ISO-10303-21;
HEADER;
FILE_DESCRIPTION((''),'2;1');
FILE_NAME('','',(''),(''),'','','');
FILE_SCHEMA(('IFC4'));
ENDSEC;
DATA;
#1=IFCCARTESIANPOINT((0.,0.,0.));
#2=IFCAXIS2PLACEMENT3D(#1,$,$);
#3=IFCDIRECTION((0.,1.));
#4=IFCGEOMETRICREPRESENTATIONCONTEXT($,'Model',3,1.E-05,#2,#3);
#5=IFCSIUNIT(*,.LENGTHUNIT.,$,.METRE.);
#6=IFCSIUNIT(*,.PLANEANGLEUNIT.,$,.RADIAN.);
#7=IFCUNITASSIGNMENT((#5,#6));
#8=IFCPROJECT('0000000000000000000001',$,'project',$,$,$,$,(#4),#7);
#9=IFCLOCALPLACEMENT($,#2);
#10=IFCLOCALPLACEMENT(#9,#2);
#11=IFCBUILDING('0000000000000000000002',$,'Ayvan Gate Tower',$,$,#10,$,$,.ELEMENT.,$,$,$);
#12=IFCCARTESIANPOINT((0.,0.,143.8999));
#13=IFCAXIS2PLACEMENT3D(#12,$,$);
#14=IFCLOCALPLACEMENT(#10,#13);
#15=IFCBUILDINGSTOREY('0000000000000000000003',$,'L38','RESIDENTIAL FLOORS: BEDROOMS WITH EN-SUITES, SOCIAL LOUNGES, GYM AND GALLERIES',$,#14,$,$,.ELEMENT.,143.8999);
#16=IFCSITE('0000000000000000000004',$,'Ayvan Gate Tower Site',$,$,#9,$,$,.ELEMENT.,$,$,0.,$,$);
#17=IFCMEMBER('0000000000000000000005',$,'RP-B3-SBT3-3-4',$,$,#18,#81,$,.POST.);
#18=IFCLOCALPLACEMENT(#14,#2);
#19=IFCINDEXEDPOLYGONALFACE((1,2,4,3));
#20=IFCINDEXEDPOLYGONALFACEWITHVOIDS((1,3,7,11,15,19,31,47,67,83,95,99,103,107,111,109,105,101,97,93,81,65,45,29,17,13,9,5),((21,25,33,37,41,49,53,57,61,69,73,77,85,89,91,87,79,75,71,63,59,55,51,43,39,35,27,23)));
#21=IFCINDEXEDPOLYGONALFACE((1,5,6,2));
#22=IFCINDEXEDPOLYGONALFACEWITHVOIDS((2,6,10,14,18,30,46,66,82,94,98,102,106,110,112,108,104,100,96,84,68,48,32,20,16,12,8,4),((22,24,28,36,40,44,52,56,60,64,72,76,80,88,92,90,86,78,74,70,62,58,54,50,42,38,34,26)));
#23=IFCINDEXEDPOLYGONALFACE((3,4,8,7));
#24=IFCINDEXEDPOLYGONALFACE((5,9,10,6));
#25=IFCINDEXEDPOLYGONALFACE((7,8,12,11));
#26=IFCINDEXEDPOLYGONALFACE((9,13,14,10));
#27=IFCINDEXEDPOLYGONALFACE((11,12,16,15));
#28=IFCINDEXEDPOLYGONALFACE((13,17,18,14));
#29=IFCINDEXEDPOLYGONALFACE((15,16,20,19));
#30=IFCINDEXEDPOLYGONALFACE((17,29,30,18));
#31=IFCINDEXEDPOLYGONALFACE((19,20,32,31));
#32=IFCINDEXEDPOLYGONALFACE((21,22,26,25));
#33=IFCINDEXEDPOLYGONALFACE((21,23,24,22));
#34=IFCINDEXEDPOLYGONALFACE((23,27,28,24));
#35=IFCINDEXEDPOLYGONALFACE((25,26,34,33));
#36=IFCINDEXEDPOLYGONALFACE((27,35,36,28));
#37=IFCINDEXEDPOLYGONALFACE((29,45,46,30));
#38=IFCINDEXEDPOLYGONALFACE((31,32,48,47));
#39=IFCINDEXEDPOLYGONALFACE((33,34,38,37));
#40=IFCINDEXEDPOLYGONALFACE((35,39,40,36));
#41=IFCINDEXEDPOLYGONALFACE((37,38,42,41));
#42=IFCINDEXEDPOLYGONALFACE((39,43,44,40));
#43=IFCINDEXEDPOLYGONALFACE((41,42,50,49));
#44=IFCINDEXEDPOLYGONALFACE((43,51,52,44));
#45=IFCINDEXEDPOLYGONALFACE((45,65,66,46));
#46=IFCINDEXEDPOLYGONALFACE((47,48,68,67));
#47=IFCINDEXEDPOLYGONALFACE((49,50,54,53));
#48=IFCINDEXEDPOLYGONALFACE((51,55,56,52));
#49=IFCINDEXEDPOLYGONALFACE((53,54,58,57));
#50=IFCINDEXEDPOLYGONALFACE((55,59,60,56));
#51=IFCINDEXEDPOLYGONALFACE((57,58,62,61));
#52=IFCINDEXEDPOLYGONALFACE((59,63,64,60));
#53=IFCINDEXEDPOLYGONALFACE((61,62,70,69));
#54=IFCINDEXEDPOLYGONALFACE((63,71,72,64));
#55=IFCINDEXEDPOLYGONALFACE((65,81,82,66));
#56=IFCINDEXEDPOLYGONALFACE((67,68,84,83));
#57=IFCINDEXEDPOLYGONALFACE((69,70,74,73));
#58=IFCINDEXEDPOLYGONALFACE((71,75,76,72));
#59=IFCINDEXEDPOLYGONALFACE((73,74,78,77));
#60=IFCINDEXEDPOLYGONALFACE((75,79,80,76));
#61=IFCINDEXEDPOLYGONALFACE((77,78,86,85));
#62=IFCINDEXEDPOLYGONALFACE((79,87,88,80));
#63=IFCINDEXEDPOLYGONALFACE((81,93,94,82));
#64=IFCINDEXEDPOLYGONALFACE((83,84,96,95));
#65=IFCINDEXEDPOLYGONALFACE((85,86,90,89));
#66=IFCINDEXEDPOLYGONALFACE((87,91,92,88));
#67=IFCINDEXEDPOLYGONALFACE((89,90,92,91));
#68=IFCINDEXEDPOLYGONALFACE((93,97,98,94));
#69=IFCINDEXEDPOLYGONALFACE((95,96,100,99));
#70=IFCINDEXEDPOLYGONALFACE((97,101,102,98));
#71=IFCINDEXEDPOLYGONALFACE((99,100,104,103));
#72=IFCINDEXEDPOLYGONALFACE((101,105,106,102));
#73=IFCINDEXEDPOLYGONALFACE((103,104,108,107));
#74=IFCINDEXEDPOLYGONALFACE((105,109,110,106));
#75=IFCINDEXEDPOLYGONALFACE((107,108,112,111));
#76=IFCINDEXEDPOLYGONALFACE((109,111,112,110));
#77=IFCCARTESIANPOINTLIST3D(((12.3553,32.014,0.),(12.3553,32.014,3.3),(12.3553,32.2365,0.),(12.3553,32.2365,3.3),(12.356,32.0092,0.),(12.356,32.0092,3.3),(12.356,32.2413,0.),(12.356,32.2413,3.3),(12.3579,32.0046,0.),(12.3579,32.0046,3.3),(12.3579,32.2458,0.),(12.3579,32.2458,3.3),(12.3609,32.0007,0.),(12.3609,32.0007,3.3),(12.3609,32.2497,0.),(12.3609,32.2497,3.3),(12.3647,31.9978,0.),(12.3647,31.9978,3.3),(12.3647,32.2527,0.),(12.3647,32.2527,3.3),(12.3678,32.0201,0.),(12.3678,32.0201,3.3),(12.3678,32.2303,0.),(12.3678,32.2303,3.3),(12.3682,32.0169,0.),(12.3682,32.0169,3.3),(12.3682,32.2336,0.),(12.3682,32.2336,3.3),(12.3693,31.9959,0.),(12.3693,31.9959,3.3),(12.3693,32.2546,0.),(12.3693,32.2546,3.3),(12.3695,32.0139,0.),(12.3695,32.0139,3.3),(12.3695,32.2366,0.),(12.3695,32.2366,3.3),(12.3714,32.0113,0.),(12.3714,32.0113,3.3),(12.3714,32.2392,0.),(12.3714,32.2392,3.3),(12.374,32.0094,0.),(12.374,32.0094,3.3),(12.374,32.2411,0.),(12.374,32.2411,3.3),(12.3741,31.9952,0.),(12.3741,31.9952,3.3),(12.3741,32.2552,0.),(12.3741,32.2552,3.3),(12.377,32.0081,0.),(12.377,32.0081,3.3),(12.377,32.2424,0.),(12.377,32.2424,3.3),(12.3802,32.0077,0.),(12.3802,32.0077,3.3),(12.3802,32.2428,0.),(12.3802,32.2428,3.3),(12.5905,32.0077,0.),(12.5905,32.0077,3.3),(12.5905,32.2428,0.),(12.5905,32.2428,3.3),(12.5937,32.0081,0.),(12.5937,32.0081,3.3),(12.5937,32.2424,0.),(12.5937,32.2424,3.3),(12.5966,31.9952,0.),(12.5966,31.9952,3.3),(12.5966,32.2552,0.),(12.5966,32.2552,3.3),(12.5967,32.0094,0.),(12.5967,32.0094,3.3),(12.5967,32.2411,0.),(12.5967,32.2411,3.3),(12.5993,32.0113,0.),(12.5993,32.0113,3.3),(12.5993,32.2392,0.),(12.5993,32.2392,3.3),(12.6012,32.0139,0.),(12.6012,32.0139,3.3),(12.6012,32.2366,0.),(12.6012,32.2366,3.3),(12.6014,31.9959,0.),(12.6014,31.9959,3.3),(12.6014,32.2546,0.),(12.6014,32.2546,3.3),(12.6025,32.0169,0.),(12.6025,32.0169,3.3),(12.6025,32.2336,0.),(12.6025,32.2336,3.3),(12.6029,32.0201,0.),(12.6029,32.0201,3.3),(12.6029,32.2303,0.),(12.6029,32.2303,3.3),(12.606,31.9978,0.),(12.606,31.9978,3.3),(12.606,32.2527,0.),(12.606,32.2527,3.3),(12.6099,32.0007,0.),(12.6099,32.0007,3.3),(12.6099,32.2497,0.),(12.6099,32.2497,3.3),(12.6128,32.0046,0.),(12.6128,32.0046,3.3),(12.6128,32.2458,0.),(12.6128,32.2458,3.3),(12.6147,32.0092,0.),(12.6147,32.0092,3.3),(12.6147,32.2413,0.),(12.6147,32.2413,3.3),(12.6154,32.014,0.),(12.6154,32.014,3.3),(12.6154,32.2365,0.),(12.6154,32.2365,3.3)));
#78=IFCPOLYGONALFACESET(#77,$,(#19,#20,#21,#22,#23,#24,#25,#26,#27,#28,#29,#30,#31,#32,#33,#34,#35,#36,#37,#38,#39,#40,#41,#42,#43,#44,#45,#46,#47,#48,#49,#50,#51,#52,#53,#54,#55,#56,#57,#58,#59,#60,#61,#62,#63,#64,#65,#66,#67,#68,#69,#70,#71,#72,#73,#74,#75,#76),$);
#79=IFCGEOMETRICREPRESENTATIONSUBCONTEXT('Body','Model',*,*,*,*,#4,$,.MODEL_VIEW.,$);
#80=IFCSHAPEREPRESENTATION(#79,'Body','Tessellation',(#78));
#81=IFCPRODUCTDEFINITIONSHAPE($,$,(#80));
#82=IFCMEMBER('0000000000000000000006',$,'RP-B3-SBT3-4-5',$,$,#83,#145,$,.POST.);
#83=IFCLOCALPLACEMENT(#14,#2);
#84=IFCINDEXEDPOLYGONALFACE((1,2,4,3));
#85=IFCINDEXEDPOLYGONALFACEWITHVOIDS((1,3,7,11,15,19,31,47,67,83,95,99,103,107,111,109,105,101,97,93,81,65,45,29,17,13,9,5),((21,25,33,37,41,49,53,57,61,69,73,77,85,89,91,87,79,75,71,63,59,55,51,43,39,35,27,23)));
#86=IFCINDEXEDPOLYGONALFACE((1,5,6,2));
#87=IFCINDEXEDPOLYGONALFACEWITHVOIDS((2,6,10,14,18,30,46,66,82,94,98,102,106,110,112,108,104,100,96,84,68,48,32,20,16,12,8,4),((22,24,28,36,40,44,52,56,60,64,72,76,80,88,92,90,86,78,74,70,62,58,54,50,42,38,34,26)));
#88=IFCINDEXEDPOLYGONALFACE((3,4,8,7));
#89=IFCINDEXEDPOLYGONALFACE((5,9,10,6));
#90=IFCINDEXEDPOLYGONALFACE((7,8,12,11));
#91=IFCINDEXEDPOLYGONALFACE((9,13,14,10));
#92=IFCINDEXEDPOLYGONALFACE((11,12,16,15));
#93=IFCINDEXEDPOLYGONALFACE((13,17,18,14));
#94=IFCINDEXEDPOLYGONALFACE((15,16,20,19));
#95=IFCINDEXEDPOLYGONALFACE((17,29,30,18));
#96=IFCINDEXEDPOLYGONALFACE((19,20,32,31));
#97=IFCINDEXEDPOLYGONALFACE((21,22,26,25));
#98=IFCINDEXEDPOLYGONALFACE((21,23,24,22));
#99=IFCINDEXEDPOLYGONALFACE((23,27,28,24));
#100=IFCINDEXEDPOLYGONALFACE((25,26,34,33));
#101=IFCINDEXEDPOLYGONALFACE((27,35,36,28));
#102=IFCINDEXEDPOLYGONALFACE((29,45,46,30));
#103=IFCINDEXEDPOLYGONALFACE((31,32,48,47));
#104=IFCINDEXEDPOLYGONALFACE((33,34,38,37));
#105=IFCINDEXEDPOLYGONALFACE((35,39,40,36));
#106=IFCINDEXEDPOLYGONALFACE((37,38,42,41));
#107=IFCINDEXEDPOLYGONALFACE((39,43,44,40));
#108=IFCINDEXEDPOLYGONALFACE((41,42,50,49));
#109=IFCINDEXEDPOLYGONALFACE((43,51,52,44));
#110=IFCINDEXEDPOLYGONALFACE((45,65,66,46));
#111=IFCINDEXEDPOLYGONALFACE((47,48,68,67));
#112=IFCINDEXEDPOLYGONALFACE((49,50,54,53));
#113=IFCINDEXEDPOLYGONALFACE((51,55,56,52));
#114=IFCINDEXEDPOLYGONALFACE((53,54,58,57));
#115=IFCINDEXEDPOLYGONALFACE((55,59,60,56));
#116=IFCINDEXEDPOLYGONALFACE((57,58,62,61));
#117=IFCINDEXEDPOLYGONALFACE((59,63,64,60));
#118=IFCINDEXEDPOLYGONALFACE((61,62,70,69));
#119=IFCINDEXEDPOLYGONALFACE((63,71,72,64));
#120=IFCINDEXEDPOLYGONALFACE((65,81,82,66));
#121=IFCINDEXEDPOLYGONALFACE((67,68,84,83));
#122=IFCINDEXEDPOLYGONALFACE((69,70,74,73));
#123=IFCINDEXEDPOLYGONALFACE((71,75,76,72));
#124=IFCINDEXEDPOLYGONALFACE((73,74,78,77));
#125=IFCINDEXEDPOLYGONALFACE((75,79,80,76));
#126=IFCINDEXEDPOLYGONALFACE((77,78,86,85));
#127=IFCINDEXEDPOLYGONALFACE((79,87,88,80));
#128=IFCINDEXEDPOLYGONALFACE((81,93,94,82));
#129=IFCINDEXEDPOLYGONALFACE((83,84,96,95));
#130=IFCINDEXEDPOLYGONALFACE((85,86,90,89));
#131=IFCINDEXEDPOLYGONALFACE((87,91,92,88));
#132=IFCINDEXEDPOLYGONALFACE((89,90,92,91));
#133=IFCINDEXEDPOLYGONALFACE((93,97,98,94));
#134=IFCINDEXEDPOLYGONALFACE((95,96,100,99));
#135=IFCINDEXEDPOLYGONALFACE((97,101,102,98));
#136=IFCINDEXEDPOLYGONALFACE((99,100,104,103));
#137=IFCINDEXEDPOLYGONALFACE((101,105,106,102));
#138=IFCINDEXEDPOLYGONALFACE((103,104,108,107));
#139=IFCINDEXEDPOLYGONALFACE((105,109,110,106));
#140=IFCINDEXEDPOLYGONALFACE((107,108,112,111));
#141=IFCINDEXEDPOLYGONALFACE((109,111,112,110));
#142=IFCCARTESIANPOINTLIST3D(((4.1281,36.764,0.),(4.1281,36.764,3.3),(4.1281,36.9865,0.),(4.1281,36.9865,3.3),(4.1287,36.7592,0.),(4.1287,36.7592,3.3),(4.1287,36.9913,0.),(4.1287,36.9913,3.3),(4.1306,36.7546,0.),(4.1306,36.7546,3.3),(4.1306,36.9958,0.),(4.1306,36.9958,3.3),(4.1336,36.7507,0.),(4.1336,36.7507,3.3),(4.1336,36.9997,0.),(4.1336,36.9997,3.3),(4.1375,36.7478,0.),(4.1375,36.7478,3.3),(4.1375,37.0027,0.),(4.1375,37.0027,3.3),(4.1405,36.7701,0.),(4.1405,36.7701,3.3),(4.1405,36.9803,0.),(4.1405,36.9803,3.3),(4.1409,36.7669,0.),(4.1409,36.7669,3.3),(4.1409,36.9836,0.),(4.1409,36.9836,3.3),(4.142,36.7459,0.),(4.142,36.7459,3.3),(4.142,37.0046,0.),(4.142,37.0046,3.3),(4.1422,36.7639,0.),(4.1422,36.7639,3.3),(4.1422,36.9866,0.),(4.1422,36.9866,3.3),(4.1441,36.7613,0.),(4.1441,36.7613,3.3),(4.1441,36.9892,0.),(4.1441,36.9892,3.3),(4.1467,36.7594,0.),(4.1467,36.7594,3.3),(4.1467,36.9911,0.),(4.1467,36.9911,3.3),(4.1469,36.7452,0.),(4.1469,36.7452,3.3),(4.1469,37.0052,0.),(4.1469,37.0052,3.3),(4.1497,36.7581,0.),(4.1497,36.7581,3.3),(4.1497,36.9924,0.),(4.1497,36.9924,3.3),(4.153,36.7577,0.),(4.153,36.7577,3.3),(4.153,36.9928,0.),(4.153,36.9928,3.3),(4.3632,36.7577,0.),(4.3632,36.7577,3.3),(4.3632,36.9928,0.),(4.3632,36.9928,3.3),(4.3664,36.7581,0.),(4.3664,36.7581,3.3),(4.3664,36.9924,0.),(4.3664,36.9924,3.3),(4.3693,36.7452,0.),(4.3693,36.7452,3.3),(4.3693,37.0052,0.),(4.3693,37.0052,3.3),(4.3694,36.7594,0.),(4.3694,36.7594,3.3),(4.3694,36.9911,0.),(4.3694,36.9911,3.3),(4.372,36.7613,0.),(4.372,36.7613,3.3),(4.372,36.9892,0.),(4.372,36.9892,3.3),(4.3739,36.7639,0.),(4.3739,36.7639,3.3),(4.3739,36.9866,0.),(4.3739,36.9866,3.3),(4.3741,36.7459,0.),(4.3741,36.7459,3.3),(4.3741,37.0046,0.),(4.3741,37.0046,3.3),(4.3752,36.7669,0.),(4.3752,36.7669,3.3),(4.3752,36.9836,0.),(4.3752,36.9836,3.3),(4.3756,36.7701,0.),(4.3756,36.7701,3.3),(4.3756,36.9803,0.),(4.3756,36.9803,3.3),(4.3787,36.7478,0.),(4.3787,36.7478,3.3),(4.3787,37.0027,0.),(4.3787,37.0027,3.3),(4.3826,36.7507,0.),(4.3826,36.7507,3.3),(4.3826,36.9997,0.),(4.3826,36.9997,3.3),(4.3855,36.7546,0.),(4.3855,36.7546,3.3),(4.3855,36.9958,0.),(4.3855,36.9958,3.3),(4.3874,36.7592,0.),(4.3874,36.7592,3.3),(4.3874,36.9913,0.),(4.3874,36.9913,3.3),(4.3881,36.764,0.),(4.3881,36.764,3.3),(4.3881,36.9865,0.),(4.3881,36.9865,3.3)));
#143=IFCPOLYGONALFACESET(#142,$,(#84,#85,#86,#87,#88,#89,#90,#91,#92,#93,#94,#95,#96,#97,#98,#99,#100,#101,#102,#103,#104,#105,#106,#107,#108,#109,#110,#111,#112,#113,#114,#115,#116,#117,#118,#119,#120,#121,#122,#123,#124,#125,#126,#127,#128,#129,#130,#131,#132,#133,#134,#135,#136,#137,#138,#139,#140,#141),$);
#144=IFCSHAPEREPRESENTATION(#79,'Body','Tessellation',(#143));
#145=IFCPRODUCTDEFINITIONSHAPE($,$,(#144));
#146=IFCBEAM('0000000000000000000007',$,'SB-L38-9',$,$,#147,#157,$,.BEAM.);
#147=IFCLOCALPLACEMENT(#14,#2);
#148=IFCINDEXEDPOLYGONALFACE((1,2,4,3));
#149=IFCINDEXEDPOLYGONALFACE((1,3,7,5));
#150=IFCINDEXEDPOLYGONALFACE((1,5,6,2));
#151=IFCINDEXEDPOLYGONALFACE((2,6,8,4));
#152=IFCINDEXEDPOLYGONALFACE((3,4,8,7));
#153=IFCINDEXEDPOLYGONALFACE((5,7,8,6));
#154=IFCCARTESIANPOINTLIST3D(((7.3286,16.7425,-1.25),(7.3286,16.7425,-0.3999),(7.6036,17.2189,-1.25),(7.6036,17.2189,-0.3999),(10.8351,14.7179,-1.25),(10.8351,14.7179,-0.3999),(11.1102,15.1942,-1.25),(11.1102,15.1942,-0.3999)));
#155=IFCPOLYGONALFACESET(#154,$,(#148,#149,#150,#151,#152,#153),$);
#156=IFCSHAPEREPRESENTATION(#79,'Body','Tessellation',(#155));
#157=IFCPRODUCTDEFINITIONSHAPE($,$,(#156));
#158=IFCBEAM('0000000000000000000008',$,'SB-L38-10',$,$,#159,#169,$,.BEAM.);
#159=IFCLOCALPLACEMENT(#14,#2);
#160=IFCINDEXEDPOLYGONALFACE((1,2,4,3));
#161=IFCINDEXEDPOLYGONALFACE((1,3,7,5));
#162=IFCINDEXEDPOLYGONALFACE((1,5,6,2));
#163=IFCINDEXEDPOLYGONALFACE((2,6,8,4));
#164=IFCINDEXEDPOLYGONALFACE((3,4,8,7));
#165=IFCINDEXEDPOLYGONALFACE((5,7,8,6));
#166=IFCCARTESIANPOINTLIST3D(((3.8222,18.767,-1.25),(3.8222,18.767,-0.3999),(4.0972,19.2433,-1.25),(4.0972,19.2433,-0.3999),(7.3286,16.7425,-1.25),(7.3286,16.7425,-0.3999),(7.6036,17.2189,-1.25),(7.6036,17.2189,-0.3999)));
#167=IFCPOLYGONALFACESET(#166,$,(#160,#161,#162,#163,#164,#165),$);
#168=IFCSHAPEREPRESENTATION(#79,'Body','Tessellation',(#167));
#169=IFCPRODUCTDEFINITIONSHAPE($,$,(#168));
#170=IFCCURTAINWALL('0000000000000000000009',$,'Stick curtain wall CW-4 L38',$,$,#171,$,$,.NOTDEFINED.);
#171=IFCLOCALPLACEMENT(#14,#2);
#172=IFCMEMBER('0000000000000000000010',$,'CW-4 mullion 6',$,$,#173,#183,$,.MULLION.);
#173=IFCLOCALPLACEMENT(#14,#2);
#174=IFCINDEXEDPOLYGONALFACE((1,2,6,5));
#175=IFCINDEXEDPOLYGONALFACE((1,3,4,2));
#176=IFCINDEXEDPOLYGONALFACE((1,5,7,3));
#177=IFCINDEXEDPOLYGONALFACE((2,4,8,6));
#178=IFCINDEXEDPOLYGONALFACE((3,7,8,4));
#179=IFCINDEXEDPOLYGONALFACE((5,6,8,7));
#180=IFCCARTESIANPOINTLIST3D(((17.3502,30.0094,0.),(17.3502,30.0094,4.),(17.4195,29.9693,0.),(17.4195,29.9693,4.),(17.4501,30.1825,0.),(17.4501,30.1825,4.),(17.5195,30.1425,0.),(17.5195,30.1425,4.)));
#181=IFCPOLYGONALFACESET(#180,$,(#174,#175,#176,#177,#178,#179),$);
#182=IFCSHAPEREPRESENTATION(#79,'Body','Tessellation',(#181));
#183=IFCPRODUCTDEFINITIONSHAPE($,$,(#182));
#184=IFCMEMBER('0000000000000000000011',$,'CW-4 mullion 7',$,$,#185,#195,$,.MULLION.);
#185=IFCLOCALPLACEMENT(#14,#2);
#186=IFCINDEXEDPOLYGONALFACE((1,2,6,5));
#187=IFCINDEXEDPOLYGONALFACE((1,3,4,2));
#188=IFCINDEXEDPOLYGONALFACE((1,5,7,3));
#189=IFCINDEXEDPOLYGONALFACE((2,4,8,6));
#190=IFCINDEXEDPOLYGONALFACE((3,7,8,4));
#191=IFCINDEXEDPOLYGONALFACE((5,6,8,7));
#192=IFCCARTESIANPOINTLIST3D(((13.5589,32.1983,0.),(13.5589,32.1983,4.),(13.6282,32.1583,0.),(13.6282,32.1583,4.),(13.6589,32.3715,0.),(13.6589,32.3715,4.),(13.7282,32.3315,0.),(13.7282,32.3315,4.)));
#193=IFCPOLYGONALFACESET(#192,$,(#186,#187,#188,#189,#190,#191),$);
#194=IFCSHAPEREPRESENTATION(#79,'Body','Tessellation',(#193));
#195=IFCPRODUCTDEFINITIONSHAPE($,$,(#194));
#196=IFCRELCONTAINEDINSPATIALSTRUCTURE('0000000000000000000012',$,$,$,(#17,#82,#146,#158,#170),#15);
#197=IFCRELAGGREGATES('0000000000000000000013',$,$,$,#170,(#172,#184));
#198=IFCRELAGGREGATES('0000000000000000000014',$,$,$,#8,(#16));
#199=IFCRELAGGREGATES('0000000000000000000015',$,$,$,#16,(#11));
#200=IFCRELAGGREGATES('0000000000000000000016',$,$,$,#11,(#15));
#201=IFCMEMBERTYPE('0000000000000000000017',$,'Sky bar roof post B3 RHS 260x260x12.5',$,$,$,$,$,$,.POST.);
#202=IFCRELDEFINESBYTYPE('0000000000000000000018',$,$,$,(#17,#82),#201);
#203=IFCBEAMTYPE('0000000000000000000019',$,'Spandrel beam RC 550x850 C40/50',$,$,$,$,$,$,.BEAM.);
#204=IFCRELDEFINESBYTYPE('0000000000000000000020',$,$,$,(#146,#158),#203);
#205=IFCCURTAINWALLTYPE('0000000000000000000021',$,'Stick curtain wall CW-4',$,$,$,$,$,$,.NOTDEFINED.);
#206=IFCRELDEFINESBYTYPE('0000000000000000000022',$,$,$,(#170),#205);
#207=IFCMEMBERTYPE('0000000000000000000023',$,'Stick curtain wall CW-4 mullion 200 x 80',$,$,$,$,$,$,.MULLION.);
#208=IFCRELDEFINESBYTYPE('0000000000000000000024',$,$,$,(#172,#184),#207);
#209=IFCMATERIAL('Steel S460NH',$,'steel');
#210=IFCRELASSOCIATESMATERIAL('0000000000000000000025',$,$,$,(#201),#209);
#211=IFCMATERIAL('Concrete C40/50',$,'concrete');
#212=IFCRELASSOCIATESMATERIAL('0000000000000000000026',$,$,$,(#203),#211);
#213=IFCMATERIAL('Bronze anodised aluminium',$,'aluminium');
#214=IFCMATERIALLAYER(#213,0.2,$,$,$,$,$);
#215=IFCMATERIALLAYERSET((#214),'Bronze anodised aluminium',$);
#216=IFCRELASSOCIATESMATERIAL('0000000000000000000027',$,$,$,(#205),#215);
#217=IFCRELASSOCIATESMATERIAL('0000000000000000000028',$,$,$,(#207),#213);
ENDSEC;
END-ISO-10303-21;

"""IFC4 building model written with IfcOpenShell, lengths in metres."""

from ifc_helpers import new_model, si_unit, direction, frame, origin, origin_2d, place, context, subcontext, project, spatial, rectangle, hollow_rectangle, extrude, material, layer, layer_set, material_profile, profile_set, type_object, element, aggregate, save


model = new_model("IFC4")

# Units and contexts
model_context = context("Model", 3, precision=1e-05, world=origin(), true_north=direction((0.0, 1.0)))
body_context = subcontext(model_context, "Body", "Model", "MODEL_VIEW")
ifc_project = project(units=[si_unit("LENGTHUNIT", "METRE"), si_unit("PLANEANGLEUNIT", "RADIAN")], contexts=[model_context])

# Site, building, storey
site_placement = place(None, origin())
site = spatial("IfcSite", under=ifc_project, at=site_placement, Name="Ayvan Gate Tower Site", CompositionType="ELEMENT", RefElevation=0.0)
building_placement = place(site_placement, origin())
building = spatial("IfcBuilding", under=site, at=building_placement, Name="Ayvan Gate Tower", CompositionType="ELEMENT")
storey_placement = place(building_placement, frame((0.0, 0.0, 143.8999)))
storey = spatial("IfcBuildingStorey", under=building, at=storey_placement, Name="L38", Description="RESIDENTIAL FLOORS: BEDROOMS WITH EN-SUITES, SOCIAL LOUNGES, GYM AND GALLERIES", CompositionType="ELEMENT", Elevation=143.8999)

# Shared definitions
ifc_material_1 = material(Name="Concrete C40/50", Category="concrete")

# Members
ifc_material_2 = material(Name="Steel S460NH", Category="steel")
ifc_material_profile_1 = material_profile(ifc_material_2, hollow_rectangle(XDim=0.26, YDim=0.26, WallThickness=0.0125, InnerFilletRadius=0.0125, OuterFilletRadius=0.0188, at=origin_2d()), Name="RHS 260x260x12.5")
ifc_profile_set_1 = profile_set([ifc_material_profile_1], Name="Steel S460NH")
member_type_1 = type_object("IfcMemberType", Name="Sky bar roof post B3 RHS 260x260x12.5", PredefinedType="POST", material=ifc_profile_set_1)
for number, where, z_axis, x_axis, name in (
    (1, (12.4854, 32.1252, 0.0), (0.0, 0.0, 1.0), (1.0, 0.0, 0.0), "RP-B3-SBT3-3-4"),
    (2, (4.2581, 36.8752, 0.0), (0.0, 0.0, 1.0), (1.0, 0.0, 0.0), "RP-B3-SBT3-4-5"),
):
    element("IfcMember", number, at=place(storey_placement, frame(where, z_axis=z_axis, x_axis=x_axis)), inside=storey, type_object=member_type_1, Name=name, PredefinedType="POST", context=body_context, shape_type="SweptSolid", body=[
        extrude(hollow_rectangle(XDim=0.26, YDim=0.26, WallThickness=0.0125, InnerFilletRadius=0.0125, OuterFilletRadius=0.0188, at=origin_2d()), origin(), (0.0, 0.0, 1.0), 3.3),
    ])

# Beams
ifc_material_profile_2 = material_profile(ifc_material_1, rectangle(XDim=0.55, YDim=0.8501, at=origin_2d()), Name="RC 550x850")
ifc_profile_set_2 = profile_set([ifc_material_profile_2], Name="Concrete C40/50")
beam_type_1 = type_object("IfcBeamType", Name="Spandrel beam RC 550x850 C40/50", PredefinedType="BEAM", material=ifc_profile_set_2)
beam_1_placement = place(storey_placement, frame((10.9727, 14.9561, -0.825), z_axis=(-0.866012, 0.500023, 0.0), x_axis=(-0.500023, -0.866012, 0.0)))
element("IfcBeam", 3, at=beam_1_placement, inside=storey, type_object=beam_type_1, Name="SB-L38-9", PredefinedType="BEAM", context=body_context, shape_type="SweptSolid", body=[
    extrude(rectangle(XDim=0.55, YDim=0.8501, at=origin_2d()), origin(), (0.0, 0.0, 1.0), 4.0491),
])
beam_2_placement = place(storey_placement, frame((7.4661, 16.9807, -0.825), z_axis=(-0.866023, 0.500004, 0.0), x_axis=(-0.500004, -0.866023, 0.0)))
element("IfcBeam", 4, at=beam_2_placement, inside=storey, type_object=beam_type_1, Name="SB-L38-10", PredefinedType="BEAM", context=body_context, shape_type="SweptSolid", body=[
    extrude(rectangle(XDim=0.55, YDim=0.8501, at=origin_2d()), origin(), (0.0, 0.0, 1.0), 4.0488),
])

# Curtain wall, members
ifc_material_3 = material(Name="Bronze anodised aluminium", Category="aluminium")
ifc_layer_1 = layer(ifc_material_3, 0.2)
ifc_layer_set_1 = layer_set([ifc_layer_1], Name="Bronze anodised aluminium")
curtain_wall_type = type_object("IfcCurtainWallType", Name="Stick curtain wall CW-4", PredefinedType="NOTDEFINED", material=ifc_layer_set_1)
curtain_wall_placement = place(storey_placement, origin())
curtain_wall = element("IfcCurtainWall", 5, at=curtain_wall_placement, inside=storey, type_object=curtain_wall_type, Name="Stick curtain wall CW-4 L38", PredefinedType="NOTDEFINED")
ifc_material_profile_3 = material_profile(ifc_material_3, rectangle(XDim=0.2, YDim=0.0801, at=origin_2d()), Name="Stick curtain wall CW-4 mullion 200 x 80")
ifc_profile_set_3 = profile_set([ifc_material_profile_3], Name="Bronze anodised aluminium")
member_type_2 = type_object("IfcMemberType", Name="Stick curtain wall CW-4 mullion 200 x 80", PredefinedType="MULLION", material=ifc_profile_set_3)
member_1_placement = place(storey_placement, frame((17.4348, 30.0759, 0.0), z_axis=(0.0, 0.0, 1.0), x_axis=(0.5, 0.866025, 0.0)))
member_1 = element("IfcMember", 6, at=member_1_placement, type_object=member_type_2, Name="CW-4 mullion 6", PredefinedType="MULLION", context=body_context, shape_type="SweptSolid", body=[
    extrude(rectangle(XDim=0.2, YDim=0.0801, at=origin_2d()), origin(), (0.0, 0.0, 1.0), 4.0),
])
member_2_placement = place(storey_placement, frame((13.6436, 32.2649, 0.0), z_axis=(0.0, 0.0, 1.0), x_axis=(0.5, 0.866025, 0.0)))
member_2 = element("IfcMember", 7, at=member_2_placement, type_object=member_type_2, Name="CW-4 mullion 7", PredefinedType="MULLION", context=body_context, shape_type="SweptSolid", body=[
    extrude(rectangle(XDim=0.2, YDim=0.0801, at=origin_2d()), origin(), (0.0, 0.0, 1.0), 4.0),
])
aggregate(curtain_wall, [member_1, member_2])

save(model, "model.ifc")
